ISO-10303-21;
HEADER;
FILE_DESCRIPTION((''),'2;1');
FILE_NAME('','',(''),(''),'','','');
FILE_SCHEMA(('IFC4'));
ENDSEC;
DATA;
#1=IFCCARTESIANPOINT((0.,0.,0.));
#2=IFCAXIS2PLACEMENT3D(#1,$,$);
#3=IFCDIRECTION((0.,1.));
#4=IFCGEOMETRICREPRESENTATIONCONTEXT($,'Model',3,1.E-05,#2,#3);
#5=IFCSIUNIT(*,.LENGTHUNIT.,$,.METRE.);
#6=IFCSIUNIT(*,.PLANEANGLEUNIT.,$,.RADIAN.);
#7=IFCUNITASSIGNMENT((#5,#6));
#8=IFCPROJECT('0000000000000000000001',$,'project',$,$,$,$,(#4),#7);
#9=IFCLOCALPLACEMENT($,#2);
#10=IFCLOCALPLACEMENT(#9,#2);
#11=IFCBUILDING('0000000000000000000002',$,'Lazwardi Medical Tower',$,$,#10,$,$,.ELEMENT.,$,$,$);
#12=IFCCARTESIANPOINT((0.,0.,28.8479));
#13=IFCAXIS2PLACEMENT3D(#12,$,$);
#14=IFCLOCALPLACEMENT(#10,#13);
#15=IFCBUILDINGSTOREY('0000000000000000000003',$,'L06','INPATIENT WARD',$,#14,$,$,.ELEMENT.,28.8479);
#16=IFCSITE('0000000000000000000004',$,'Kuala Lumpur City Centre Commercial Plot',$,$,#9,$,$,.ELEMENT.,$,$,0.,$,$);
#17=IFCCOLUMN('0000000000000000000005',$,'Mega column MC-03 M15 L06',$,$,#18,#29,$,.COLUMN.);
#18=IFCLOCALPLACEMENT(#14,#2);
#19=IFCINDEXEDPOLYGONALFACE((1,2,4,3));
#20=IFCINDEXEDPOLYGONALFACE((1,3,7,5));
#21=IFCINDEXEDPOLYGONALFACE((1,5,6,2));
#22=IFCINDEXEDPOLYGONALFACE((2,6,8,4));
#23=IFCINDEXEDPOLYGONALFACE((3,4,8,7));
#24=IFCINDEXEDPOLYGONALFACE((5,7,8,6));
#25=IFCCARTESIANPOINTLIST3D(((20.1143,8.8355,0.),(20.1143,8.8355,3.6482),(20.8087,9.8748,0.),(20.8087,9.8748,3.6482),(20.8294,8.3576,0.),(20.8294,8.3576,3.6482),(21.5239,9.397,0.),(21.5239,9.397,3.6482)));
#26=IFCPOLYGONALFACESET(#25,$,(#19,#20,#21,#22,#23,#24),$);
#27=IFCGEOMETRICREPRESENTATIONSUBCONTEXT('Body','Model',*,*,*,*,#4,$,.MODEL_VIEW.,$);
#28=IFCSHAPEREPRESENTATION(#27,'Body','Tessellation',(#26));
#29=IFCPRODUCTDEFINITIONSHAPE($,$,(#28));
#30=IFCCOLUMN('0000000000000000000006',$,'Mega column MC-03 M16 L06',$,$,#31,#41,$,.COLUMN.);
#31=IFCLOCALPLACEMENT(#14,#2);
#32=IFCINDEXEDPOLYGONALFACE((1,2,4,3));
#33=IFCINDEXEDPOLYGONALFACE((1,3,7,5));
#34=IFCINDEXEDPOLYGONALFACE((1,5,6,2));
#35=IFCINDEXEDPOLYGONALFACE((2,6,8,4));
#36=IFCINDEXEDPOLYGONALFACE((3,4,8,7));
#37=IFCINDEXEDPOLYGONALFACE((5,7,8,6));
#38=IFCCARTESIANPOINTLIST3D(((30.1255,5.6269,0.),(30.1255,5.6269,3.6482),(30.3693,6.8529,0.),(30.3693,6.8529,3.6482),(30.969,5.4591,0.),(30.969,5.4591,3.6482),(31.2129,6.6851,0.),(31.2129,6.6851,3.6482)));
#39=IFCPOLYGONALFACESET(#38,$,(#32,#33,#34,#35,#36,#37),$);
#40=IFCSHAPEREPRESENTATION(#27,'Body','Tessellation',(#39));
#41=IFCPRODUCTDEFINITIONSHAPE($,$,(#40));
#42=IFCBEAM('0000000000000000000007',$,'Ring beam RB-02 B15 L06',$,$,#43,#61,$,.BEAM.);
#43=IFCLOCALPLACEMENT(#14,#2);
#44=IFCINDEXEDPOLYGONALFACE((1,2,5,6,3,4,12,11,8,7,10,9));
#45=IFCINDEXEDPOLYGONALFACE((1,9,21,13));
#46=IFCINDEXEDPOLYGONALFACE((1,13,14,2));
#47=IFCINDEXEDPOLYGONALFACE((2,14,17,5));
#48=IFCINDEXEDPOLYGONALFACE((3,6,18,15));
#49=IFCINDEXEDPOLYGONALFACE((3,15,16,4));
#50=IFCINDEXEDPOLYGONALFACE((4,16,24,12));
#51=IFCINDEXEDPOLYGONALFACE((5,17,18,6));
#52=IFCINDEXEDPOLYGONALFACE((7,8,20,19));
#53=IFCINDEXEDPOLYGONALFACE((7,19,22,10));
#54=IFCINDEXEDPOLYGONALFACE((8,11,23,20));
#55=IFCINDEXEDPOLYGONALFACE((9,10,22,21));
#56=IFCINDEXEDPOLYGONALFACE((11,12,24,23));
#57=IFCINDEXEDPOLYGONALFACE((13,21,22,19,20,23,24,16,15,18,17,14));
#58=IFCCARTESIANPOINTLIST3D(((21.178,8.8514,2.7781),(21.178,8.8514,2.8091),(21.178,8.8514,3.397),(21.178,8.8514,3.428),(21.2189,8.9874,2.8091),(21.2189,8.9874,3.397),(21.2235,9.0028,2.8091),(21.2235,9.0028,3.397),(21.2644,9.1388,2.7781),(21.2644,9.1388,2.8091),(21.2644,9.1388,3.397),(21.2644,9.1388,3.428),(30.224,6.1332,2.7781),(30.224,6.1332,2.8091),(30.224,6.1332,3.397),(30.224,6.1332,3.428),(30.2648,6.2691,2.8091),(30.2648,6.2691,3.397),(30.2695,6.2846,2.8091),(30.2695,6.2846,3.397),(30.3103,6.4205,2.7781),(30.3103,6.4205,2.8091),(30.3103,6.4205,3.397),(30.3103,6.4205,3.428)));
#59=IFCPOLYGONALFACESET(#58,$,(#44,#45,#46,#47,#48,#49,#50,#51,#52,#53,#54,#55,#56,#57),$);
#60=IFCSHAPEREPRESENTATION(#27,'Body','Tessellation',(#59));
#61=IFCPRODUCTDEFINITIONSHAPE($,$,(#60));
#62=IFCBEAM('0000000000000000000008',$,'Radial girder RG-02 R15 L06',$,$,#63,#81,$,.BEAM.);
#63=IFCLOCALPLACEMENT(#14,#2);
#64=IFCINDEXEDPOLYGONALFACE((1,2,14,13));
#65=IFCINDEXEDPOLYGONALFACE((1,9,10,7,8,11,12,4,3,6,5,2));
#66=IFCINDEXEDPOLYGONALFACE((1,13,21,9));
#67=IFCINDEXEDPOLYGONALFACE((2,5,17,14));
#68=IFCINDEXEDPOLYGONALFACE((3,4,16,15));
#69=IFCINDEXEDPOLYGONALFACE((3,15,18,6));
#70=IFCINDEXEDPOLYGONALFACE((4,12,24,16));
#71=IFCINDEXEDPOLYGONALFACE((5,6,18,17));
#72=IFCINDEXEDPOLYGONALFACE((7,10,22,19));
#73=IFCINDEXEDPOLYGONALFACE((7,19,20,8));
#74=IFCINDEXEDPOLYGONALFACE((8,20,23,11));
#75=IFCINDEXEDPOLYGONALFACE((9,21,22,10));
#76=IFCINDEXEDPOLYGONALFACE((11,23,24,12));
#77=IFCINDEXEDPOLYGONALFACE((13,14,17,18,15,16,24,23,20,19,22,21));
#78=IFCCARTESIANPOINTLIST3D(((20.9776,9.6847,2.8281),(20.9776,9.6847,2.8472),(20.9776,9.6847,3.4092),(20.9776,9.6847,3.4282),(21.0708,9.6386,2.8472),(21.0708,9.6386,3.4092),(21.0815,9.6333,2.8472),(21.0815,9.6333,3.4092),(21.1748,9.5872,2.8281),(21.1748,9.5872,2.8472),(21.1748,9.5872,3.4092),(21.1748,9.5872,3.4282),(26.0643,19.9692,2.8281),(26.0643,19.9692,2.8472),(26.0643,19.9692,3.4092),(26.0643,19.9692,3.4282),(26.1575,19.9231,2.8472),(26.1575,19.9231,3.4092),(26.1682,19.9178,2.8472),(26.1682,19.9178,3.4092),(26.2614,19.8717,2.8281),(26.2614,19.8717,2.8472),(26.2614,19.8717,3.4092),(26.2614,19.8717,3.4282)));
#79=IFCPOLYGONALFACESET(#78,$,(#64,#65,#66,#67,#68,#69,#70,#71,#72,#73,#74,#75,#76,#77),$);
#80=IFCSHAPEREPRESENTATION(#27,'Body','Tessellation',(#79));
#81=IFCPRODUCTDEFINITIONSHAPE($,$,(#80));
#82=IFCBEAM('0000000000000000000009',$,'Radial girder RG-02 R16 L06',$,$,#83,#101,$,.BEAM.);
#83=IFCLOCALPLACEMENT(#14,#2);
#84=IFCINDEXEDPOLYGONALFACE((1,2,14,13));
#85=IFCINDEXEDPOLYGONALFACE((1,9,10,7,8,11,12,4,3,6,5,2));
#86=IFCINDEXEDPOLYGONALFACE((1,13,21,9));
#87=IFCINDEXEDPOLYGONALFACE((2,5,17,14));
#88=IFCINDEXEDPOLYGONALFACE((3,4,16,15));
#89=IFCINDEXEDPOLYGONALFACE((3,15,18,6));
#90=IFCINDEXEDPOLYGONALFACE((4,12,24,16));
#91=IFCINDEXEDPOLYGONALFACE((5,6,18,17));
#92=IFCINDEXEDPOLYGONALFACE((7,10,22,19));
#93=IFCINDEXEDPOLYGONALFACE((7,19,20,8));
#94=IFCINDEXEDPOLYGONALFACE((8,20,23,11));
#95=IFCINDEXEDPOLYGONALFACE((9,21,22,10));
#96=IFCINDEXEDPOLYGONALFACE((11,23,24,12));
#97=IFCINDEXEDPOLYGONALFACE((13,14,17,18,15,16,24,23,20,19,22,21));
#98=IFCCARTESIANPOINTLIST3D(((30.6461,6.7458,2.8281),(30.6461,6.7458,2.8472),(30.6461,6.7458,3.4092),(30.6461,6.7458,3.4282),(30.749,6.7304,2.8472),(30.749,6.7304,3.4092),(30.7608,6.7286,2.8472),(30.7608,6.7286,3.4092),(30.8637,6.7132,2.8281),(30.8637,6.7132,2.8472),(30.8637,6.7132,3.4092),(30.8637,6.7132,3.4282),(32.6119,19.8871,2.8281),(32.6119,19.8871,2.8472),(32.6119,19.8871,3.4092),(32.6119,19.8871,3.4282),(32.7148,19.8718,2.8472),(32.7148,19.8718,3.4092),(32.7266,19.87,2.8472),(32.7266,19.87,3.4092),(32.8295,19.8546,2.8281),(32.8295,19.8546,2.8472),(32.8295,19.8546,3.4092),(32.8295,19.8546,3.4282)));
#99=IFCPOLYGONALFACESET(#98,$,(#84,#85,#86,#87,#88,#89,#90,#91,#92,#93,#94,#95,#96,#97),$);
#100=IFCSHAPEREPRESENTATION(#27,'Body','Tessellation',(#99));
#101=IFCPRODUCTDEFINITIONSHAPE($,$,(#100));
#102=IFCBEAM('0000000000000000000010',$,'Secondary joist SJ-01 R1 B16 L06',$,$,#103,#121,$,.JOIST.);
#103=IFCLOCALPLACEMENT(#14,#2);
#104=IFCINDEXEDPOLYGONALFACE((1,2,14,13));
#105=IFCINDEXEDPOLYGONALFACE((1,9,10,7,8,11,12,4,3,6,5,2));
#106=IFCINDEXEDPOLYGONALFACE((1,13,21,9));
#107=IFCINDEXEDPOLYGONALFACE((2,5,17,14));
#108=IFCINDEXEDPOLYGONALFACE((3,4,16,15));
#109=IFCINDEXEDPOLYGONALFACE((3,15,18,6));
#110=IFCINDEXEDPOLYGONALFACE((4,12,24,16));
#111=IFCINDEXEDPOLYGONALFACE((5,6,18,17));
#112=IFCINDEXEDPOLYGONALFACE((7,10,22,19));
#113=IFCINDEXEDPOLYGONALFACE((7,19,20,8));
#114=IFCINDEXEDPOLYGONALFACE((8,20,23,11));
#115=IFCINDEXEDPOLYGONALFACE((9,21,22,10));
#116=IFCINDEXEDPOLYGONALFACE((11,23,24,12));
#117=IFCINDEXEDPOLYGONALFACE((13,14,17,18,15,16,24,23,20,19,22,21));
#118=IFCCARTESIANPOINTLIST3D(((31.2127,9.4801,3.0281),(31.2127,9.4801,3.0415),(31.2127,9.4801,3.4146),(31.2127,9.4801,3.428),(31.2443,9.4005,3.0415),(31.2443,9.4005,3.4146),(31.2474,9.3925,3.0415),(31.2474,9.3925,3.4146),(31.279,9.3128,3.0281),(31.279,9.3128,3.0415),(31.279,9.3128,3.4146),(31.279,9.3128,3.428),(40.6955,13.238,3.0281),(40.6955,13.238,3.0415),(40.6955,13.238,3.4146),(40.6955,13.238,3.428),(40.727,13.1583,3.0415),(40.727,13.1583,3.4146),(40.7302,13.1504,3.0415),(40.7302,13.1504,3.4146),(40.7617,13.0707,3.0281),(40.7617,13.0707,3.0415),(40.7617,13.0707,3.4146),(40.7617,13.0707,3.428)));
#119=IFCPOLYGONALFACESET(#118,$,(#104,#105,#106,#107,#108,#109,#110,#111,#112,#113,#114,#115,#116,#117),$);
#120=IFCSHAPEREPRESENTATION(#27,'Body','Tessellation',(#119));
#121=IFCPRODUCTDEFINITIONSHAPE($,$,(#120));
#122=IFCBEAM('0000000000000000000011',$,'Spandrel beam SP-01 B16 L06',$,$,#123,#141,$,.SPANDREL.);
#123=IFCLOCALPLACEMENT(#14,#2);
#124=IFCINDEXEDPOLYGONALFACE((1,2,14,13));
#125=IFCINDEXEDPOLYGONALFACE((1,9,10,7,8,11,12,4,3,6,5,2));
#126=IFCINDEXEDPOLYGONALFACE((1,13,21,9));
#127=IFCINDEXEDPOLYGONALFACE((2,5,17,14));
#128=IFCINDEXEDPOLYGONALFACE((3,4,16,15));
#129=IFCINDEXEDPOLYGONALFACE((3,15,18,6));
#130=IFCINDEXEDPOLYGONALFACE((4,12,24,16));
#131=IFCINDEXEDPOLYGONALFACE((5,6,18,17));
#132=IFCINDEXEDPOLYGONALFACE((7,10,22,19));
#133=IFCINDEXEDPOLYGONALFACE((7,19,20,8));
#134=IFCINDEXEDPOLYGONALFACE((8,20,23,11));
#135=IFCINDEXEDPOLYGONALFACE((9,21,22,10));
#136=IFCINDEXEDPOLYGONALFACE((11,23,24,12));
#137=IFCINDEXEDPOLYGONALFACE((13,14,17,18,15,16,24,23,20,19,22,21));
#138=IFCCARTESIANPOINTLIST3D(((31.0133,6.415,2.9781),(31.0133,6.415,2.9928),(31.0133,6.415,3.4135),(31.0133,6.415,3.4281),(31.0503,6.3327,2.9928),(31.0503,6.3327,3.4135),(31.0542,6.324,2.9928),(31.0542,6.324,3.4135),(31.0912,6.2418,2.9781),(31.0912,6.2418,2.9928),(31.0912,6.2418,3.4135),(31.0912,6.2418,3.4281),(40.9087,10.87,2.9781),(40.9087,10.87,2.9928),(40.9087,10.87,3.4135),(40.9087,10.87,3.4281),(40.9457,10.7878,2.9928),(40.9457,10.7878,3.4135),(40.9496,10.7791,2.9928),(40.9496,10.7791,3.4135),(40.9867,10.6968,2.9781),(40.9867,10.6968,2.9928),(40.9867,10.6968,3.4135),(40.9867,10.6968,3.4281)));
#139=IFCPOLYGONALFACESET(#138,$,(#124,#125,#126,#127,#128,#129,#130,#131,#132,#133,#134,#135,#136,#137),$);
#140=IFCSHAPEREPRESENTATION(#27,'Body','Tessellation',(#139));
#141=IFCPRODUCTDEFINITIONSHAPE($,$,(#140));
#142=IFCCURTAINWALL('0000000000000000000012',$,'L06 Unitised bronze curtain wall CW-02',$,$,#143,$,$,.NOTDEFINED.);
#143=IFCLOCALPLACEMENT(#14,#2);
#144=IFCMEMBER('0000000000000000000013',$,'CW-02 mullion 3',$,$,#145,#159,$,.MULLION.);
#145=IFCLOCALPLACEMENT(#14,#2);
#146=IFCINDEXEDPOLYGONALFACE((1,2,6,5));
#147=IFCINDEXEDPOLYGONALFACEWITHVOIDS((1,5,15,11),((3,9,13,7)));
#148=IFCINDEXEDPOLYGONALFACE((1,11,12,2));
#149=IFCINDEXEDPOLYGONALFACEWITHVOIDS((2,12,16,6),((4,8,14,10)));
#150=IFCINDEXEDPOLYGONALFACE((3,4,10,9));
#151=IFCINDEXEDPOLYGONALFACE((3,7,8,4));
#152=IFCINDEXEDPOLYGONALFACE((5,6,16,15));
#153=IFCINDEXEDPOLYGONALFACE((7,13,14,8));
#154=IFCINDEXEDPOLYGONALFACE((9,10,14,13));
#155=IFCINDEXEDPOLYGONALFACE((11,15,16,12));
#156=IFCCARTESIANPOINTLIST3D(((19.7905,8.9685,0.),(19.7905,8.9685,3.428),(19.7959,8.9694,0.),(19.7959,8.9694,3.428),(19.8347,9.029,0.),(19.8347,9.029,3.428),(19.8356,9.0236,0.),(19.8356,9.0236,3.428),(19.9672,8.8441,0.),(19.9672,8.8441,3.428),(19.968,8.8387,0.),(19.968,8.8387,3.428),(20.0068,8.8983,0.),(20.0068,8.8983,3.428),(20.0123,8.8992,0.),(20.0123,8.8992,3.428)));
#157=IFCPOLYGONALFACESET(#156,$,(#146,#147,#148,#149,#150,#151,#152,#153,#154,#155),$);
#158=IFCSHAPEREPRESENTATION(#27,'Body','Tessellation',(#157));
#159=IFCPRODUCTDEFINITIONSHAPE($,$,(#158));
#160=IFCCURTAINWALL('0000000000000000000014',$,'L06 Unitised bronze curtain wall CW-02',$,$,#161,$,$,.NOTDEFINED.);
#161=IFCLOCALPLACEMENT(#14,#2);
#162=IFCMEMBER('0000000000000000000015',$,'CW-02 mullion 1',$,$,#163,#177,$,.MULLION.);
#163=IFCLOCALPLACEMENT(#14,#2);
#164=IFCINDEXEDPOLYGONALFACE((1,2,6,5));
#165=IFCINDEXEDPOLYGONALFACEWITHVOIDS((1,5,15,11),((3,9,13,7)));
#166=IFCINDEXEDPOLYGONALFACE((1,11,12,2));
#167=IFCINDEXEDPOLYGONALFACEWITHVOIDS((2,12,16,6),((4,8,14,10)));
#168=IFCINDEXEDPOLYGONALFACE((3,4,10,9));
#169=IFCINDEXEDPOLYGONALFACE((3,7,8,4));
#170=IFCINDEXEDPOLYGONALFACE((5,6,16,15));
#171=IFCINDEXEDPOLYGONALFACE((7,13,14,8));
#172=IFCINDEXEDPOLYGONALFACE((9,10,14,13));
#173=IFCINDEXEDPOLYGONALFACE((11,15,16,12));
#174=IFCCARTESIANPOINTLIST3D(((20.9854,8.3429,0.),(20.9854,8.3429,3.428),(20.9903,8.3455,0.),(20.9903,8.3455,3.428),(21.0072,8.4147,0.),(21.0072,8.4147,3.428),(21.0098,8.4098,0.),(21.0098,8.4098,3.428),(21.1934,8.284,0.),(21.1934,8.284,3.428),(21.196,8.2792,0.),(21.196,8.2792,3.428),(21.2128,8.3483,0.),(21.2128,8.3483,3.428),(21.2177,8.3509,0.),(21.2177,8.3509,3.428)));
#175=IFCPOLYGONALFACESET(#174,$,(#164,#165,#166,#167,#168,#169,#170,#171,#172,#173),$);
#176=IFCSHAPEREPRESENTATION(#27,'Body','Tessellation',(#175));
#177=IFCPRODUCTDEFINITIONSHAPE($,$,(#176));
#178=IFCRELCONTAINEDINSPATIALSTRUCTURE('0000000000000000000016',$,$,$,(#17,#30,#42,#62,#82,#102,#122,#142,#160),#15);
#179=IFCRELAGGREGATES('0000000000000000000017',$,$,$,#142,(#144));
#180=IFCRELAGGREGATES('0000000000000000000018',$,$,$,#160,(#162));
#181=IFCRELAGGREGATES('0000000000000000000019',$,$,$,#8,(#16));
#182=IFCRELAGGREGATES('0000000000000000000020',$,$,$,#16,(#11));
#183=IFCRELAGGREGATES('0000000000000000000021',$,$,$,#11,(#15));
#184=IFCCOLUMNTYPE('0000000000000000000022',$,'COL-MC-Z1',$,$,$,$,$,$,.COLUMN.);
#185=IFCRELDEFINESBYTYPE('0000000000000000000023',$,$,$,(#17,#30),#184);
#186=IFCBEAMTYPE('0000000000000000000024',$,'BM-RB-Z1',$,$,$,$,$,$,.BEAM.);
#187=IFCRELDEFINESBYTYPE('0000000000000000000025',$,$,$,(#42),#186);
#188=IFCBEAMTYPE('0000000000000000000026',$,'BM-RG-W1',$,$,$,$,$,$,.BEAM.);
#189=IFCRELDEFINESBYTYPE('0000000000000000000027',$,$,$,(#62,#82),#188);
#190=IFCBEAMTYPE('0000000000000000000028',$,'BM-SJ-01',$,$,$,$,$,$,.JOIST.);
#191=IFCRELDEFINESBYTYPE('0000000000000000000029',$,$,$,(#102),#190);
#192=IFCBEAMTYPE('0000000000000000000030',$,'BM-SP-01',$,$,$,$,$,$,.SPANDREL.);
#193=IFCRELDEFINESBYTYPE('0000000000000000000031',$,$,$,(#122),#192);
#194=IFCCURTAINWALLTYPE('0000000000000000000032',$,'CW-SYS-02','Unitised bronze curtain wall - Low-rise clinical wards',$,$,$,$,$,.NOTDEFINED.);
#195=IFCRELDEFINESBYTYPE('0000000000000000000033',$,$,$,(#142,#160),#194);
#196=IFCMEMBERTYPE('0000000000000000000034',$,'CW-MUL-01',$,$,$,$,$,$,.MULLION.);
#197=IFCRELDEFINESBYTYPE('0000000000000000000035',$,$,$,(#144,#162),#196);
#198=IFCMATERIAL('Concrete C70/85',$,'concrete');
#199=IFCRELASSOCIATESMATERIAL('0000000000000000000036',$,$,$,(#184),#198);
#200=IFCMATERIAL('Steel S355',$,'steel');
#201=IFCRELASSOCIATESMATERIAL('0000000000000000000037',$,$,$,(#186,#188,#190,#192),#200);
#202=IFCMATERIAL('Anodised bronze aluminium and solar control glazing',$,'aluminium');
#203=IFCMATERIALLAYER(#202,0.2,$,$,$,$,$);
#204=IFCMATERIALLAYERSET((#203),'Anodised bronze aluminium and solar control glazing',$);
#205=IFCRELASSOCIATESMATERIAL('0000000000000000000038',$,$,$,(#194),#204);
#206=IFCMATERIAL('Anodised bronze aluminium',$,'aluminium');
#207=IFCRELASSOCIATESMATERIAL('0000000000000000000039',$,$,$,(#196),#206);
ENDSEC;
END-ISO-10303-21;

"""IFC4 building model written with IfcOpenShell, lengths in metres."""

from ifc_helpers import new_model, si_unit, direction, frame, origin, origin_2d, place, context, subcontext, project, spatial, rectangle, hollow_rectangle, i_section, extrude, material, layer, layer_set, material_profile, profile_set, type_object, element, aggregate, save


model = new_model("IFC4")

# Units and contexts
model_context = context("Model", 3, precision=1e-05, world=origin(), true_north=direction((0.0, 1.0)))
body_context = subcontext(model_context, "Body", "Model", "MODEL_VIEW")
ifc_project = project(units=[si_unit("LENGTHUNIT", "METRE"), si_unit("PLANEANGLEUNIT", "RADIAN")], contexts=[model_context])

# Site, building, storey
site_placement = place(None, origin())
site = spatial("IfcSite", under=ifc_project, at=site_placement, Name="Kuala Lumpur City Centre Commercial Plot", CompositionType="ELEMENT", RefElevation=0.0)
building_placement = place(site_placement, origin())
building = spatial("IfcBuilding", under=site, at=building_placement, Name="Lazwardi Medical Tower", CompositionType="ELEMENT")
storey_placement = place(building_placement, frame((0.0, 0.0, 28.8479)))
storey = spatial("IfcBuildingStorey", under=building, at=storey_placement, Name="L06", Description="INPATIENT WARD", CompositionType="ELEMENT", Elevation=28.8479)

# Columns
ifc_material_1 = material(Name="Concrete C70/85", Category="concrete")
ifc_material_profile_1 = material_profile(ifc_material_1, rectangle(XDim=1.25, YDim=0.8601, at=origin_2d()), Name="CFT-RECT 1250x860")
ifc_profile_set_1 = profile_set([ifc_material_profile_1], Name="Concrete C70/85")
column_type = type_object("IfcColumnType", Name="COL-MC-Z1", PredefinedType="COLUMN", material=ifc_profile_set_1)
for number, where, z_axis, x_axis, name in (
    (1, (20.8191, 9.1162, 0.0), (0.0, 0.0, 1.0), (-0.55557, -0.83147, 0.0), "Mega column MC-03 M15 L06"),
    (2, (30.6692, 6.156, 0.0), (0.0, 0.0, 1.0), (-0.19509, -0.980785, 0.0), "Mega column MC-03 M16 L06"),
):
    element("IfcColumn", number, at=place(storey_placement, frame(where, z_axis=z_axis, x_axis=x_axis)), inside=storey, type_object=column_type, Name=name, PredefinedType="COLUMN", context=body_context, shape_type="SweptSolid", body=[
        extrude(rectangle(XDim=1.25, YDim=0.8601, at=origin_2d()), origin(), (0.0, 0.0, 1.0), 3.6482),
    ])

# Beams
ifc_material_2 = material(Name="Steel S355", Category="steel")
ifc_material_profile_2 = material_profile(ifc_material_2, i_section(OverallWidth=0.3, OverallDepth=0.6499, WebThickness=0.0161, FlangeThickness=0.031, at=origin_2d()), Name="HEB 650")
ifc_profile_set_2 = profile_set([ifc_material_profile_2], Name="Steel S355")
beam_type_1 = type_object("IfcBeamType", Name="BM-RB-Z1", PredefinedType="BEAM", material=ifc_profile_set_2)
beam_1_placement = place(storey_placement, frame((21.2212, 8.9951, 3.103), z_axis=(0.957695, -0.287784, 0.0), x_axis=(0.287784, 0.957695, 0.0)))
element("IfcBeam", 3, at=beam_1_placement, inside=storey, type_object=beam_type_1, Name="Ring beam RB-02 B15 L06", PredefinedType="BEAM", context=body_context, shape_type="SweptSolid", body=[
    extrude(i_section(OverallWidth=0.3, OverallDepth=0.6499, WebThickness=0.0161, FlangeThickness=0.031, at=origin_2d()), origin(), (0.0, 0.0, 1.0), 9.4456),
])
ifc_material_profile_3 = material_profile(ifc_material_2, i_section(OverallWidth=0.22, OverallDepth=0.6001, WebThickness=0.012, FlangeThickness=0.019, at=origin_2d()), Name="IPE 600")
ifc_profile_set_3 = profile_set([ifc_material_profile_3], Name="Steel S355")
beam_type_2 = type_object("IfcBeamType", Name="BM-RG-W1", PredefinedType="BEAM", material=ifc_profile_set_3)
beam_2_placement = place(storey_placement, frame((21.0762, 9.636, 3.1282), z_axis=(0.443337, 0.896355, 0.0), x_axis=(-0.896355, 0.443337, 0.0)))
element("IfcBeam", 4, at=beam_2_placement, inside=storey, type_object=beam_type_2, Name="Radial girder RG-02 R15 L06", PredefinedType="BEAM", context=body_context, shape_type="SweptSolid", body=[
    extrude(i_section(OverallWidth=0.22, OverallDepth=0.6001, WebThickness=0.012, FlangeThickness=0.019, at=origin_2d()), origin(), (0.0, 0.0, 1.0), 11.4736),
])
beam_3_placement = place(storey_placement, frame((30.7549, 6.7295, 3.1282), z_axis=(0.147944, 0.988996, 0.0), x_axis=(-0.988996, 0.147944, 0.0)))
element("IfcBeam", 5, at=beam_3_placement, inside=storey, type_object=beam_type_2, Name="Radial girder RG-02 R16 L06", PredefinedType="BEAM", context=body_context, shape_type="SweptSolid", body=[
    extrude(i_section(OverallWidth=0.22, OverallDepth=0.6001, WebThickness=0.012, FlangeThickness=0.019, at=origin_2d()), origin(), (0.0, 0.0, 1.0), 13.2876),
])
ifc_material_profile_4 = material_profile(ifc_material_2, i_section(OverallWidth=0.1799, OverallDepth=0.3999, WebThickness=0.0085, FlangeThickness=0.0134, at=origin_2d()), Name="IPE 400")
ifc_profile_set_4 = profile_set([ifc_material_profile_4], Name="Steel S355")
beam_type_3 = type_object("IfcBeamType", Name="BM-SJ-01", PredefinedType="JOIST", material=ifc_profile_set_4)
beam_4_placement = place(storey_placement, frame((31.2458, 9.3965, 3.228), z_axis=(0.929664, 0.368409, 0.0), x_axis=(-0.368409, 0.929664, 0.0)))
element("IfcBeam", 6, at=beam_4_placement, inside=storey, type_object=beam_type_3, Name="Secondary joist SJ-01 R1 B16 L06", PredefinedType="JOIST", context=body_context, shape_type="SweptSolid", body=[
    extrude(i_section(OverallWidth=0.1799, OverallDepth=0.3999, WebThickness=0.0085, FlangeThickness=0.0134, at=origin_2d()), origin(), (0.0, 0.0, 1.0), 10.2002),
])
ifc_material_profile_5 = material_profile(ifc_material_2, i_section(OverallWidth=0.1899, OverallDepth=0.45, WebThickness=0.0095, FlangeThickness=0.0146, at=origin_2d()), Name="IPE 450")
ifc_profile_set_5 = profile_set([ifc_material_profile_5], Name="Steel S355")
beam_type_4 = type_object("IfcBeamType", Name="BM-SP-01", PredefinedType="SPANDREL", material=ifc_profile_set_5)
beam_5_placement = place(storey_placement, frame((31.0522, 6.3284, 3.2031), z_axis=(0.911849, 0.410526, 0.0), x_axis=(-0.410526, 0.911849, 0.0)))
element("IfcBeam", 7, at=beam_5_placement, inside=storey, type_object=beam_type_4, Name="Spandrel beam SP-01 B16 L06", PredefinedType="SPANDREL", context=body_context, shape_type="SweptSolid", body=[
    extrude(i_section(OverallWidth=0.1899, OverallDepth=0.45, WebThickness=0.0095, FlangeThickness=0.0146, at=origin_2d()), origin(), (0.0, 0.0, 1.0), 10.8521),
])

# Curtain wall, member
ifc_material_3 = material(Name="Anodised bronze aluminium and solar control glazing", Category="aluminium")
ifc_layer_1 = layer(ifc_material_3, 0.2)
ifc_layer_set_1 = layer_set([ifc_layer_1], Name="Anodised bronze aluminium and solar control glazing")
curtain_wall_type = type_object("IfcCurtainWallType", Name="CW-SYS-02", Description="Unitised bronze curtain wall - Low-rise clinical wards", PredefinedType="NOTDEFINED", material=ifc_layer_set_1)
curtain_wall_1_placement = place(storey_placement, origin())
curtain_wall_1 = element("IfcCurtainWall", 8, at=curtain_wall_1_placement, inside=storey, type_object=curtain_wall_type, Name="L06 Unitised bronze curtain wall CW-02", PredefinedType="NOTDEFINED")
ifc_material_4 = material(Name="Anodised bronze aluminium", Category="aluminium")
ifc_material_profile_6 = material_profile(ifc_material_4, hollow_rectangle(XDim=0.075, YDim=0.22, WallThickness=0.0039, at=origin_2d()), Name="ALU-MULLION 220x75x4")
ifc_profile_set_6 = profile_set([ifc_material_profile_6], Name="Anodised bronze aluminium")
member_type_1 = type_object("IfcMemberType", Name="CW-MUL-01", PredefinedType="MULLION", material=ifc_profile_set_6)
member_1_placement = place(storey_placement, frame((19.9014, 8.9338, 0.0), z_axis=(0.0, 0.0, 1.0), x_axis=(0.590289, 0.807192, 0.0)))
member_1 = element("IfcMember", 9, at=member_1_placement, type_object=member_type_1, Name="CW-02 mullion 3", PredefinedType="MULLION", context=body_context, shape_type="SweptSolid", body=[
    extrude(hollow_rectangle(XDim=0.075, YDim=0.22, WallThickness=0.0039, at=origin_2d()), origin(), (0.0, 0.0, 1.0), 3.428),
])

# Curtain wall, member
curtain_wall_2_placement = place(storey_placement, origin())
curtain_wall_2 = element("IfcCurtainWall", 10, at=curtain_wall_2_placement, inside=storey, type_object=curtain_wall_type, Name="L06 Unitised bronze curtain wall CW-02", PredefinedType="NOTDEFINED")
member_2_placement = place(storey_placement, frame((21.1016, 8.3469, 0.0), z_axis=(0.0, 0.0, 1.0), x_axis=(0.289896, 0.957058, 0.0)))
member_2 = element("IfcMember", 11, at=member_2_placement, type_object=member_type_1, Name="CW-02 mullion 1", PredefinedType="MULLION", context=body_context, shape_type="SweptSolid", body=[
    extrude(hollow_rectangle(XDim=0.075, YDim=0.22, WallThickness=0.0039, at=origin_2d()), origin(), (0.0, 0.0, 1.0), 3.428),
])

aggregate(curtain_wall_1, [member_1])
aggregate(curtain_wall_2, [member_2])

save(model, "model.ifc")
